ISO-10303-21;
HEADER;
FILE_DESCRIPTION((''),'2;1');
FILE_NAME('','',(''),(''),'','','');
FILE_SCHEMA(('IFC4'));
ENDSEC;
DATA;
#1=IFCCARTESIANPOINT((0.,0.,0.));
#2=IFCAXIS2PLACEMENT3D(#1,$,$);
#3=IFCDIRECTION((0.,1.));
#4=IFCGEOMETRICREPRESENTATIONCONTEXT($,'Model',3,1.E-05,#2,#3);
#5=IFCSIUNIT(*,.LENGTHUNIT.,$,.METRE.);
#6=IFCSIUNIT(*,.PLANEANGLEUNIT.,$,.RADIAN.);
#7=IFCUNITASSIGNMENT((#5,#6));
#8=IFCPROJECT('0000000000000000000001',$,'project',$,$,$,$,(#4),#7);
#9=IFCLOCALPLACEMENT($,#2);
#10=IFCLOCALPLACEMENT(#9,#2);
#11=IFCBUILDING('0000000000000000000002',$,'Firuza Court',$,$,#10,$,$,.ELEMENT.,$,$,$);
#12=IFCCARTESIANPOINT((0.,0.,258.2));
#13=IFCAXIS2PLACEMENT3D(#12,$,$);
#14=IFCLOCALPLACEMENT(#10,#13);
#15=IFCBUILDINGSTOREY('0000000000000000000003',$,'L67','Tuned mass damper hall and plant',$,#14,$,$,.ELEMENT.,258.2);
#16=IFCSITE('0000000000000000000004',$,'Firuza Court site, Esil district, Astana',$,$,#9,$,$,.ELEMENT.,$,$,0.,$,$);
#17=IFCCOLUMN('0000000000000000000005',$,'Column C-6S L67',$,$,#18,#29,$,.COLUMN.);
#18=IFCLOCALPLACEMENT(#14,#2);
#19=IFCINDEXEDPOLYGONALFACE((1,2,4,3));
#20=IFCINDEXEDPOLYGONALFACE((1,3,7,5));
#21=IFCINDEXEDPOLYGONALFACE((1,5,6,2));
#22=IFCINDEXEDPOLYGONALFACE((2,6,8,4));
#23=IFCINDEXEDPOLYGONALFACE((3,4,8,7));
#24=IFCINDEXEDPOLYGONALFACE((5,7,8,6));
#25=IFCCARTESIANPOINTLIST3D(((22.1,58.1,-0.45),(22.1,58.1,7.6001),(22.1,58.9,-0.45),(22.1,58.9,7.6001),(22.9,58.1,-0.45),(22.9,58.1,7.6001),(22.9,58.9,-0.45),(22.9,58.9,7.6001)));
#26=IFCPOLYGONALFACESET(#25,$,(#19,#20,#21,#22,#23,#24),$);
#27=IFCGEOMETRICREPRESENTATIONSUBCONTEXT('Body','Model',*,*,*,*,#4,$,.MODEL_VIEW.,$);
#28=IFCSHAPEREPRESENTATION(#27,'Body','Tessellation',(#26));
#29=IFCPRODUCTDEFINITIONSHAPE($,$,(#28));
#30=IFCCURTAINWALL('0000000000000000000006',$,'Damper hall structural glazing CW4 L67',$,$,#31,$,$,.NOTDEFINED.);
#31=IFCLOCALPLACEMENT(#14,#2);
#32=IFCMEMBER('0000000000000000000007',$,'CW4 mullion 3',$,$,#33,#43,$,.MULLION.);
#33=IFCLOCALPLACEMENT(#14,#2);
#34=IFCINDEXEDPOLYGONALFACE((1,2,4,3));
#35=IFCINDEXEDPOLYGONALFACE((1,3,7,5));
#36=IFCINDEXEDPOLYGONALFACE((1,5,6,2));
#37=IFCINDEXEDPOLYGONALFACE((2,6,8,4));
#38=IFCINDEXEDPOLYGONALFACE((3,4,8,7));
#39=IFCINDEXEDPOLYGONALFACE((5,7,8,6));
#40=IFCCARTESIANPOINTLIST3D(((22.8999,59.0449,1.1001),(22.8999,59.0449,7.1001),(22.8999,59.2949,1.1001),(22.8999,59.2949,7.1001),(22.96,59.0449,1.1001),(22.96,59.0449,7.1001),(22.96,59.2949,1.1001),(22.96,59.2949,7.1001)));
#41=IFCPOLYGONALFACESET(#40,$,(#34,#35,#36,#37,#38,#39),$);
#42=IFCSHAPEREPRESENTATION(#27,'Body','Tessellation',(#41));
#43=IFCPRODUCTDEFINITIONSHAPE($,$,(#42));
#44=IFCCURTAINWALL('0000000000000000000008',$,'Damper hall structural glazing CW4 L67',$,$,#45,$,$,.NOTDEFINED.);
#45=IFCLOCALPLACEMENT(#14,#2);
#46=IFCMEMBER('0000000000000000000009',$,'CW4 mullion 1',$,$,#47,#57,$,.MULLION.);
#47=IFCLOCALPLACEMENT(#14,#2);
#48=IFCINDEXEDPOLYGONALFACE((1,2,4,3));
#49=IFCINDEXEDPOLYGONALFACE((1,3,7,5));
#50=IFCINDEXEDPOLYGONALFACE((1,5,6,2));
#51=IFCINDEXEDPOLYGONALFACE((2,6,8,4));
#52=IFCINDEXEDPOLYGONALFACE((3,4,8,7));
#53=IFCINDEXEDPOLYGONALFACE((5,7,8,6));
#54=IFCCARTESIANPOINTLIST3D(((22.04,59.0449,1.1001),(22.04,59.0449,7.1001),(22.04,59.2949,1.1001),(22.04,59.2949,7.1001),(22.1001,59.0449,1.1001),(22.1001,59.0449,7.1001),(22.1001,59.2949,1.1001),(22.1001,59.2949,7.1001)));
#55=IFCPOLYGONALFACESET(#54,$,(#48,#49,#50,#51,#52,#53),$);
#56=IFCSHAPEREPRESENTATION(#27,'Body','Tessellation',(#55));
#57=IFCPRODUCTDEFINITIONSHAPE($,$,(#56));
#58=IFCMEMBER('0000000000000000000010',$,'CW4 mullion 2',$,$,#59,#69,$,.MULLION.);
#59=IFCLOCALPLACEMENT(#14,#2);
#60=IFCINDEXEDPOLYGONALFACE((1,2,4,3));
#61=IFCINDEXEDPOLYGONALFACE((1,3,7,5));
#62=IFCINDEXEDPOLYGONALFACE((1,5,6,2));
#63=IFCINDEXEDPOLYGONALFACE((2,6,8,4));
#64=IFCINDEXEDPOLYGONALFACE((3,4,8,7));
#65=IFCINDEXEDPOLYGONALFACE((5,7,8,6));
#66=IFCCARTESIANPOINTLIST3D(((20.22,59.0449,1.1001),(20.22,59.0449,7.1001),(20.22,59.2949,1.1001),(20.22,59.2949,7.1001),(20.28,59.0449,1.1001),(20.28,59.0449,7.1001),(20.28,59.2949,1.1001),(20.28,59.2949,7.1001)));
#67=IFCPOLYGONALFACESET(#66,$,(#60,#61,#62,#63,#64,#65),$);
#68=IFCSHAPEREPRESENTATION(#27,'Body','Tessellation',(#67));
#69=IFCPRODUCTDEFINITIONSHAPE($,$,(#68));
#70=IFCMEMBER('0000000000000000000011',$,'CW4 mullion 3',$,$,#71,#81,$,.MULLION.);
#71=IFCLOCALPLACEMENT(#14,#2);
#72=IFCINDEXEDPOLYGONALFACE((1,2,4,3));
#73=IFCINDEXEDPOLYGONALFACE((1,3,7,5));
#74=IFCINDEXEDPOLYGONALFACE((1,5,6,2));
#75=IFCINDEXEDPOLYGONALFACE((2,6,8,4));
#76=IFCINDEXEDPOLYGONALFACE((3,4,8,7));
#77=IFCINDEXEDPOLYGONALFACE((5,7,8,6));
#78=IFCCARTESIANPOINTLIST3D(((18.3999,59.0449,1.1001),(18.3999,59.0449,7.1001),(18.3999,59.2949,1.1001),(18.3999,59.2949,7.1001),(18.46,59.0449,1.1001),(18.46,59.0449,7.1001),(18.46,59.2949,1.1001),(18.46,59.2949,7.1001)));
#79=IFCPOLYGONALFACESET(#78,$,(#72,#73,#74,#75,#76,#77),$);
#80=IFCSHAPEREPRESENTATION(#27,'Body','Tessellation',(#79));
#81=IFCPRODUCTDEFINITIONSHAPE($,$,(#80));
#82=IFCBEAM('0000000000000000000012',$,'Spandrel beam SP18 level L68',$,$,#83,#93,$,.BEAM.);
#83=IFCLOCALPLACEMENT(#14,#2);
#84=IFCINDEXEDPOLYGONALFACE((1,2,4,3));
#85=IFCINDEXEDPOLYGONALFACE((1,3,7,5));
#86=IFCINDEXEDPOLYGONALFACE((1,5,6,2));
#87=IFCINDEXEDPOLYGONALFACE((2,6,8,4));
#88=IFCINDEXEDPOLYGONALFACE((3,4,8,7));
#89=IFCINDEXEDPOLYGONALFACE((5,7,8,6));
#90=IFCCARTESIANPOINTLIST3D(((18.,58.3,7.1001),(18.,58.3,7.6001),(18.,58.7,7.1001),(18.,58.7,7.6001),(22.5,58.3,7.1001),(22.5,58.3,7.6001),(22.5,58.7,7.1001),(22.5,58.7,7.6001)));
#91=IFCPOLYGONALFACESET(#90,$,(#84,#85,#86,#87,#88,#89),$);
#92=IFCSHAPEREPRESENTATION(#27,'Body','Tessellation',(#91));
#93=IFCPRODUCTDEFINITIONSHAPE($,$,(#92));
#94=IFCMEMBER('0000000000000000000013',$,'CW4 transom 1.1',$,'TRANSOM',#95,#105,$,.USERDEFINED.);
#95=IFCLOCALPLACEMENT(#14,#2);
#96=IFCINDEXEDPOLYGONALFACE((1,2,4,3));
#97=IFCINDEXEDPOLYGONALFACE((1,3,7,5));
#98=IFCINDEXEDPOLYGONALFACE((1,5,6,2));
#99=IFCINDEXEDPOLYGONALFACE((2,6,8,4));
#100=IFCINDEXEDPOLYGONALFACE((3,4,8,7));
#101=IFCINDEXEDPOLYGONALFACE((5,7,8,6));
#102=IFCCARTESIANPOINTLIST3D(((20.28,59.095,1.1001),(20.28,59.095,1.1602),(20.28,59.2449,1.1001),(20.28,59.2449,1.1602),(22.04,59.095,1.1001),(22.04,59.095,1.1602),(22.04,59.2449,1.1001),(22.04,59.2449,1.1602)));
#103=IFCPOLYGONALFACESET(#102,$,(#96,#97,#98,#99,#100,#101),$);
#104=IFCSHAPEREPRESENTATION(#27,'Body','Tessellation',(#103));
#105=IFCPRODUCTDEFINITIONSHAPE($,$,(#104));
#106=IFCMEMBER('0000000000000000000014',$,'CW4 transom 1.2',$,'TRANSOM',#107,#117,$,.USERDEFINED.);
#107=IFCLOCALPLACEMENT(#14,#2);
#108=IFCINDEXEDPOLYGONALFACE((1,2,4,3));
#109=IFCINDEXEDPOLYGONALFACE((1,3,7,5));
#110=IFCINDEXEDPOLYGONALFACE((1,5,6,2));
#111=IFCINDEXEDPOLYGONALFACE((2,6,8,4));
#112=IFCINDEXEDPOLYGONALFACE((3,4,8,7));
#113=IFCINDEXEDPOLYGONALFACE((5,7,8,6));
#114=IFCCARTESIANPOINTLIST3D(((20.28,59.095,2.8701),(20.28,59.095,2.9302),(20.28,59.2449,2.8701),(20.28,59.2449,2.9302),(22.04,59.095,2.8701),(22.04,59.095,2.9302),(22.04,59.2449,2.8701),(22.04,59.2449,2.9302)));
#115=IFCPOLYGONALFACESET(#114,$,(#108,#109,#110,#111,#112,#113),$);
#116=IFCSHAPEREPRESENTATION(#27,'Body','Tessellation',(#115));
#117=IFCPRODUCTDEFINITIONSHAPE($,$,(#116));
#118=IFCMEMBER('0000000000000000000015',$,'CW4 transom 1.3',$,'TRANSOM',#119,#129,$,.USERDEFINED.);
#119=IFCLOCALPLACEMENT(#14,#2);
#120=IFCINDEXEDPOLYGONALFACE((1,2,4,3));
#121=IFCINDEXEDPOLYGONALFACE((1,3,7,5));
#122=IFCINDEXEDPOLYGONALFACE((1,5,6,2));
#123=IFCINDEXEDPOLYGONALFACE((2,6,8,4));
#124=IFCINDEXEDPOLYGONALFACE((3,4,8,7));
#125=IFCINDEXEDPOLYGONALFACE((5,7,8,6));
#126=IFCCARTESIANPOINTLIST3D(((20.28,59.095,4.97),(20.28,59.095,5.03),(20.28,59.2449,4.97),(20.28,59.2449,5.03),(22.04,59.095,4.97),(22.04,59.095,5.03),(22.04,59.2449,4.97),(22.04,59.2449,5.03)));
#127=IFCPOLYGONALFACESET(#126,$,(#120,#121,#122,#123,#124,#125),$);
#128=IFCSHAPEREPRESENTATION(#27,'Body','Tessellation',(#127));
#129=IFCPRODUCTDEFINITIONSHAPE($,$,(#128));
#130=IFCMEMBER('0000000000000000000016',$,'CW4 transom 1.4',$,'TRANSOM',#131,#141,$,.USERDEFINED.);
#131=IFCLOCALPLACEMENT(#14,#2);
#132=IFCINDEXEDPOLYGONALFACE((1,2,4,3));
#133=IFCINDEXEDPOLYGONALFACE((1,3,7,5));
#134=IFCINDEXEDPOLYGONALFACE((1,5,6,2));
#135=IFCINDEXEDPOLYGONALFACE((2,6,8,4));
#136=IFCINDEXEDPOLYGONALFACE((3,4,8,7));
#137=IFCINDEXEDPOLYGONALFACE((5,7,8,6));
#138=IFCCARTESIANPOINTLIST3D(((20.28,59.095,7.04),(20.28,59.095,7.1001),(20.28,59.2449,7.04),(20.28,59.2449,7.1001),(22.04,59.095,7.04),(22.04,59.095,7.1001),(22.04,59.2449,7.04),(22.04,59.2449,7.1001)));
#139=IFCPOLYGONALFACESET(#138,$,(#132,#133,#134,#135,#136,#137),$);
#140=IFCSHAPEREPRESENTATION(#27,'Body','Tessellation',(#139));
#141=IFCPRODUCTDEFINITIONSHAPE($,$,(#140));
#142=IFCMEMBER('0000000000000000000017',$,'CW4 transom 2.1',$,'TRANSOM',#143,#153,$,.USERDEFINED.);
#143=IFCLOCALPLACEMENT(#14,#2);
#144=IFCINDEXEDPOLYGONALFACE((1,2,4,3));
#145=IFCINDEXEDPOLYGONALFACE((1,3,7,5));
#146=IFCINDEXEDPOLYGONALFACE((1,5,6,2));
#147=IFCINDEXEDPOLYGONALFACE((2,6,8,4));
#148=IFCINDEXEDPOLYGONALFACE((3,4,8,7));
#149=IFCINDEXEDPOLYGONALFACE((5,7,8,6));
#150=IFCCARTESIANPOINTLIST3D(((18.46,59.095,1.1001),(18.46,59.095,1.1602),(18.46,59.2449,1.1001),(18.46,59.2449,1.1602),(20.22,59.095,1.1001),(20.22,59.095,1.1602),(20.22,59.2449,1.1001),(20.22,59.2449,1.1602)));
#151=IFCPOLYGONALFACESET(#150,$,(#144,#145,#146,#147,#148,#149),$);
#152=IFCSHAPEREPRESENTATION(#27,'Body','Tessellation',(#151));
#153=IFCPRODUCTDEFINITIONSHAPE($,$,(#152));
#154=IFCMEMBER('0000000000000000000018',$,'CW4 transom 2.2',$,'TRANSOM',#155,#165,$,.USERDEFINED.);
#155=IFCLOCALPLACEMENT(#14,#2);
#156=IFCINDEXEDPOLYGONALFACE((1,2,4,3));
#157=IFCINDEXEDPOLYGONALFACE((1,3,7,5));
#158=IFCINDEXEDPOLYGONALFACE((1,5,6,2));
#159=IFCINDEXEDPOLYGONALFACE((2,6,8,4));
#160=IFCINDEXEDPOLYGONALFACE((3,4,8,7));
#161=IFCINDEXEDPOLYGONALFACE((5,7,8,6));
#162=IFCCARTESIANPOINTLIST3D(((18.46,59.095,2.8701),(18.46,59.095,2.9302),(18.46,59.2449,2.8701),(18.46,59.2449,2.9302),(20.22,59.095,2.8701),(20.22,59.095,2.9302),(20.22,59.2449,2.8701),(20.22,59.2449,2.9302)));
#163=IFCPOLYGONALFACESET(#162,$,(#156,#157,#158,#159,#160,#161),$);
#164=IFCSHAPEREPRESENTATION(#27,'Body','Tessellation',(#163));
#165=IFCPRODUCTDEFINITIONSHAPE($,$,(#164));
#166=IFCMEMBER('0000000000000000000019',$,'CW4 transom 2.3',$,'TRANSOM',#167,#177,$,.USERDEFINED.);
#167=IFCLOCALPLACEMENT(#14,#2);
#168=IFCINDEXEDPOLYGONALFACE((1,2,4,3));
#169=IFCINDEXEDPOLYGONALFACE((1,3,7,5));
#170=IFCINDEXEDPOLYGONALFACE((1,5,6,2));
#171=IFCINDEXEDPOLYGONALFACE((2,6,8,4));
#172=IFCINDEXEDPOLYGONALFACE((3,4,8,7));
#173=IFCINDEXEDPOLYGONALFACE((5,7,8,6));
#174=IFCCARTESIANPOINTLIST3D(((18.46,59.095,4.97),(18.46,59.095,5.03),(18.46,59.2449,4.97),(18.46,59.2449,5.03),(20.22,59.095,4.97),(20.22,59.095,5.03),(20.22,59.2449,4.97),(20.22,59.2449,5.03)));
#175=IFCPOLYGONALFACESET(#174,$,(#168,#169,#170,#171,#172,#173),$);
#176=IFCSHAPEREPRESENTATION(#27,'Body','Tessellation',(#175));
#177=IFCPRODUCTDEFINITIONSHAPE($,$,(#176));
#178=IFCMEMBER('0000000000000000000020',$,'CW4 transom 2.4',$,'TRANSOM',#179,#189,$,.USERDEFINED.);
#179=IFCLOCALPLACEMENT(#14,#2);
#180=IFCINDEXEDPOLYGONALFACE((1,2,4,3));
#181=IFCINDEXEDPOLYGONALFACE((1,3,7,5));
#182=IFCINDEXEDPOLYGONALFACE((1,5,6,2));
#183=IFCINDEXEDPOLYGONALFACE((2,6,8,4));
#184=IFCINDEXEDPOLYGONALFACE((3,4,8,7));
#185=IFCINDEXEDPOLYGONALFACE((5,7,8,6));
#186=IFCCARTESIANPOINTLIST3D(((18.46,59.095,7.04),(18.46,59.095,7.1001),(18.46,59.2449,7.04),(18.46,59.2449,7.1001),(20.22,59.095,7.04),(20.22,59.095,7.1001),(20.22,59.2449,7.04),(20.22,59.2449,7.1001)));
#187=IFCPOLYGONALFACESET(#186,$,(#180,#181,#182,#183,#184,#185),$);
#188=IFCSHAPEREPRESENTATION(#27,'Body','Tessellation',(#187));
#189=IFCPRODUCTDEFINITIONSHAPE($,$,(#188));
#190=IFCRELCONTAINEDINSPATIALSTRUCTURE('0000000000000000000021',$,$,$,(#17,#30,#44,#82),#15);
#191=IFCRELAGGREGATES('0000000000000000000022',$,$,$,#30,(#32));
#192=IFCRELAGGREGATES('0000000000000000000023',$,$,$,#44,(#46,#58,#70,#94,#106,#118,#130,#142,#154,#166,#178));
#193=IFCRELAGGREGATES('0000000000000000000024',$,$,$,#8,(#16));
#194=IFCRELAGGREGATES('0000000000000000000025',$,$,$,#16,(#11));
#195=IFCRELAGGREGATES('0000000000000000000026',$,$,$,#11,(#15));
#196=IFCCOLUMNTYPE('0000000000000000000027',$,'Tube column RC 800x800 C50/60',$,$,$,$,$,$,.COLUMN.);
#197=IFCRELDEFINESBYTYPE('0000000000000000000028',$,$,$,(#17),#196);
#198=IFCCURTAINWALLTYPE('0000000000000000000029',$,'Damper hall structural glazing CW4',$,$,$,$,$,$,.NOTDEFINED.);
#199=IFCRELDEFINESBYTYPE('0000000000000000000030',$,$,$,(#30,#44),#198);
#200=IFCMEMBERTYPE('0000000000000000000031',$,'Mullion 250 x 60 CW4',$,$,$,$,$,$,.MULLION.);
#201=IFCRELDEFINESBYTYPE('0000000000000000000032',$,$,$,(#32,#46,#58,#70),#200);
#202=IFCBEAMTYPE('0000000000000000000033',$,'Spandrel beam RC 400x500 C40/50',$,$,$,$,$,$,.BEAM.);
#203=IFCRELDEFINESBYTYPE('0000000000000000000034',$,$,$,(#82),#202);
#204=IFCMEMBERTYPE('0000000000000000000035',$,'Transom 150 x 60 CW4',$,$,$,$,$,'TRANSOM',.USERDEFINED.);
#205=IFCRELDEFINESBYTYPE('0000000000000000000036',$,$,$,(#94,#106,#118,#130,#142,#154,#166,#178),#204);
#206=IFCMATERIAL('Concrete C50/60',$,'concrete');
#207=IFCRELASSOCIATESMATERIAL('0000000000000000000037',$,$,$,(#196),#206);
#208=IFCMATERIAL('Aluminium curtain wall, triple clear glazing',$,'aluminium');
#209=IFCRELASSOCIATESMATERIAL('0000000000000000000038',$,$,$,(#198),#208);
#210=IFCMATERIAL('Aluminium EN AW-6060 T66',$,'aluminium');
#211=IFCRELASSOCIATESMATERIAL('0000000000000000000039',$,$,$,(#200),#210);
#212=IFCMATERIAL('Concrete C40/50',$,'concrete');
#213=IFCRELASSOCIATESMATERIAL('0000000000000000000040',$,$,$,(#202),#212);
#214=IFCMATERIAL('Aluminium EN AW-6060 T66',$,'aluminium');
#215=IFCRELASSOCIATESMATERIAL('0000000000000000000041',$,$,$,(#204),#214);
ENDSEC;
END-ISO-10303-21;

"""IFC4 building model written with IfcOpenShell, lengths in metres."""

from ifc_helpers import new_model, si_unit, direction, frame, origin, origin_2d, place, context, subcontext, project, spatial, rectangle, extrude, material, material_profile, profile_set, type_object, element, aggregate, save


model = new_model("IFC4")

# Units and contexts
model_context = context("Model", 3, precision=1e-05, world=origin(), true_north=direction((0.0, 1.0)))
body_context = subcontext(model_context, "Body", "Model", "MODEL_VIEW")
ifc_project = project(units=[si_unit("LENGTHUNIT", "METRE"), si_unit("PLANEANGLEUNIT", "RADIAN")], contexts=[model_context])

# Site, building, storey
site_placement = place(None, origin())
site = spatial("IfcSite", under=ifc_project, at=site_placement, Name="Firuza Court site, Esil district, Astana", CompositionType="ELEMENT", RefElevation=0.0)
building_placement = place(site_placement, origin())
building = spatial("IfcBuilding", under=site, at=building_placement, Name="Firuza Court", CompositionType="ELEMENT")
storey_placement = place(building_placement, frame((0.0, 0.0, 258.2)))
storey = spatial("IfcBuildingStorey", under=building, at=storey_placement, Name="L67", Description="Tuned mass damper hall and plant", CompositionType="ELEMENT", Elevation=258.2)

# Column
ifc_material_1 = material(Name="Concrete C50/60", Category="concrete")
ifc_material_profile_1 = material_profile(ifc_material_1, rectangle(XDim=0.8, YDim=0.8, at=origin_2d()), Name="RC 800x800")
ifc_profile_set_1 = profile_set([ifc_material_profile_1], Name="Concrete C50/60")
column_type = type_object("IfcColumnType", Name="Tube column RC 800x800 C50/60", PredefinedType="COLUMN", material=ifc_profile_set_1)
column_placement = place(storey_placement, frame((22.5, 58.5, -0.45), z_axis=(0.0, 0.0, 1.0), x_axis=(1.0, 0.0, 0.0)))
element("IfcColumn", 1, at=column_placement, inside=storey, type_object=column_type, Name="Column C-6S L67", PredefinedType="COLUMN", context=body_context, shape_type="SweptSolid", body=[
    extrude(rectangle(XDim=0.8, YDim=0.8, at=origin_2d()), origin(), (0.0, 0.0, 1.0), 8.05),
])

# Curtain wall, member
ifc_material_2 = material(Name="Aluminium curtain wall, triple clear glazing", Category="aluminium")
curtain_wall_type = type_object("IfcCurtainWallType", Name="Damper hall structural glazing CW4", PredefinedType="NOTDEFINED", material=ifc_material_2)
curtain_wall_1_placement = place(storey_placement, origin())
curtain_wall_1 = element("IfcCurtainWall", 2, at=curtain_wall_1_placement, inside=storey, type_object=curtain_wall_type, Name="Damper hall structural glazing CW4 L67", PredefinedType="NOTDEFINED")
ifc_material_3 = material(Name="Aluminium EN AW-6060 T66", Category="aluminium")
ifc_material_profile_2 = material_profile(ifc_material_3, rectangle(XDim=0.25, YDim=0.0601, at=origin_2d()), Name="Mullion 250 x 60 CW4")
ifc_profile_set_2 = profile_set([ifc_material_profile_2], Name="Aluminium EN AW-6060 T66")
member_type_1 = type_object("IfcMemberType", Name="Mullion 250 x 60 CW4", PredefinedType="MULLION", material=ifc_profile_set_2)
member_1_placement = place(storey_placement, frame((22.9299, 59.1699, 1.1001), z_axis=(0.0, 0.0, 1.0), x_axis=(0.0, -1.0, 0.0)))
member_1 = element("IfcMember", 3, at=member_1_placement, type_object=member_type_1, Name="CW4 mullion 3", PredefinedType="MULLION", context=body_context, shape_type="SweptSolid", body=[
    extrude(rectangle(XDim=0.25, YDim=0.0601, at=origin_2d()), origin(), (0.0, 0.0, 1.0), 6.0),
])

# Curtain wall, members
curtain_wall_2_placement = place(storey_placement, origin())
curtain_wall_2 = element("IfcCurtainWall", 4, at=curtain_wall_2_placement, inside=storey, type_object=curtain_wall_type, Name="Damper hall structural glazing CW4 L67", PredefinedType="NOTDEFINED")
member_2_placement = place(storey_placement, frame((22.0701, 59.1699, 1.1001), z_axis=(0.0, 0.0, 1.0), x_axis=(0.0, -1.0, 0.0)))
member_2 = element("IfcMember", 5, at=member_2_placement, type_object=member_type_1, Name="CW4 mullion 1", PredefinedType="MULLION", context=body_context, shape_type="SweptSolid", body=[
    extrude(rectangle(XDim=0.25, YDim=0.0601, at=origin_2d()), origin(), (0.0, 0.0, 1.0), 6.0),
])
member_3_placement = place(storey_placement, frame((20.25, 59.1699, 1.1001), z_axis=(0.0, 0.0, 1.0), x_axis=(0.0, -1.0, 0.0)))
member_3 = element("IfcMember", 6, at=member_3_placement, type_object=member_type_1, Name="CW4 mullion 2", PredefinedType="MULLION", context=body_context, shape_type="SweptSolid", body=[
    extrude(rectangle(XDim=0.25, YDim=0.0601, at=origin_2d()), origin(), (0.0, 0.0, 1.0), 6.0),
])
member_4_placement = place(storey_placement, frame((18.4299, 59.1699, 1.1001), z_axis=(0.0, 0.0, 1.0), x_axis=(0.0, -1.0, 0.0)))
member_4 = element("IfcMember", 7, at=member_4_placement, type_object=member_type_1, Name="CW4 mullion 3", PredefinedType="MULLION", context=body_context, shape_type="SweptSolid", body=[
    extrude(rectangle(XDim=0.25, YDim=0.0601, at=origin_2d()), origin(), (0.0, 0.0, 1.0), 6.0),
])

# Beam
ifc_material_4 = material(Name="Concrete C40/50", Category="concrete")
ifc_material_profile_3 = material_profile(ifc_material_4, rectangle(XDim=0.3999, YDim=0.5, at=origin_2d()), Name="RC 400x500")
ifc_profile_set_3 = profile_set([ifc_material_profile_3], Name="Concrete C40/50")
beam_type = type_object("IfcBeamType", Name="Spandrel beam RC 400x500 C40/50", PredefinedType="BEAM", material=ifc_profile_set_3)
beam_placement = place(storey_placement, frame((22.5, 58.5, 7.3501), z_axis=(-1.0, 0.0, 0.0), x_axis=(0.0, -1.0, 0.0)))
element("IfcBeam", 8, at=beam_placement, inside=storey, type_object=beam_type, Name="Spandrel beam SP18 level L68", PredefinedType="BEAM", context=body_context, shape_type="SweptSolid", body=[
    extrude(rectangle(XDim=0.3999, YDim=0.5, at=origin_2d()), origin(), (0.0, 0.0, 1.0), 4.5),
])

# Members
ifc_material_5 = material(Name="Aluminium EN AW-6060 T66", Category="aluminium")
ifc_material_profile_4 = material_profile(ifc_material_5, rectangle(XDim=0.1499, YDim=0.0601, at=origin_2d()), Name="Transom 150 x 60 CW4")
ifc_profile_set_4 = profile_set([ifc_material_profile_4], Name="Aluminium EN AW-6060 T66")
member_type_2 = type_object("IfcMemberType", Name="Transom 150 x 60 CW4", ElementType="TRANSOM", PredefinedType="USERDEFINED", material=ifc_profile_set_4)
member_5_placement = place(storey_placement, frame((22.04, 59.1699, 1.1301), z_axis=(-1.0, 0.0, 0.0), x_axis=(0.0, -1.0, 0.0)))
member_5 = element("IfcMember", 9, at=member_5_placement, type_object=member_type_2, Name="CW4 transom 1.1", ObjectType="TRANSOM", PredefinedType="USERDEFINED", context=body_context, shape_type="SweptSolid", body=[
    extrude(rectangle(XDim=0.1499, YDim=0.0601, at=origin_2d()), origin(), (0.0, 0.0, 1.0), 1.76),
])
member_6_placement = place(storey_placement, frame((22.04, 59.1699, 2.9001), z_axis=(-1.0, 0.0, 0.0), x_axis=(0.0, -1.0, 0.0)))
member_6 = element("IfcMember", 10, at=member_6_placement, type_object=member_type_2, Name="CW4 transom 1.2", ObjectType="TRANSOM", PredefinedType="USERDEFINED", context=body_context, shape_type="SweptSolid", body=[
    extrude(rectangle(XDim=0.1499, YDim=0.0601, at=origin_2d()), origin(), (0.0, 0.0, 1.0), 1.76),
])
member_7_placement = place(storey_placement, frame((22.04, 59.1699, 5.0), z_axis=(-1.0, 0.0, 0.0), x_axis=(0.0, -1.0, 0.0)))
member_7 = element("IfcMember", 11, at=member_7_placement, type_object=member_type_2, Name="CW4 transom 1.3", ObjectType="TRANSOM", PredefinedType="USERDEFINED", context=body_context, shape_type="SweptSolid", body=[
    extrude(rectangle(XDim=0.1499, YDim=0.0601, at=origin_2d()), origin(), (0.0, 0.0, 1.0), 1.76),
])
member_8_placement = place(storey_placement, frame((22.04, 59.1699, 7.0701), z_axis=(-1.0, 0.0, 0.0), x_axis=(0.0, -1.0, 0.0)))
member_8 = element("IfcMember", 12, at=member_8_placement, type_object=member_type_2, Name="CW4 transom 1.4", ObjectType="TRANSOM", PredefinedType="USERDEFINED", context=body_context, shape_type="SweptSolid", body=[
    extrude(rectangle(XDim=0.1499, YDim=0.0601, at=origin_2d()), origin(), (0.0, 0.0, 1.0), 1.76),
])
member_9_placement = place(storey_placement, frame((20.22, 59.1699, 1.1301), z_axis=(-1.0, 0.0, 0.0), x_axis=(0.0, -1.0, 0.0)))
member_9 = element("IfcMember", 13, at=member_9_placement, type_object=member_type_2, Name="CW4 transom 2.1", ObjectType="TRANSOM", PredefinedType="USERDEFINED", context=body_context, shape_type="SweptSolid", body=[
    extrude(rectangle(XDim=0.1499, YDim=0.0601, at=origin_2d()), origin(), (0.0, 0.0, 1.0), 1.76),
])
member_10_placement = place(storey_placement, frame((20.22, 59.1699, 2.9001), z_axis=(-1.0, 0.0, 0.0), x_axis=(0.0, -1.0, 0.0)))
member_10 = element("IfcMember", 14, at=member_10_placement, type_object=member_type_2, Name="CW4 transom 2.2", ObjectType="TRANSOM", PredefinedType="USERDEFINED", context=body_context, shape_type="SweptSolid", body=[
    extrude(rectangle(XDim=0.1499, YDim=0.0601, at=origin_2d()), origin(), (0.0, 0.0, 1.0), 1.76),
])
member_11_placement = place(storey_placement, frame((20.22, 59.1699, 5.0), z_axis=(-1.0, 0.0, 0.0), x_axis=(0.0, -1.0, 0.0)))
member_11 = element("IfcMember", 15, at=member_11_placement, type_object=member_type_2, Name="CW4 transom 2.3", ObjectType="TRANSOM", PredefinedType="USERDEFINED", context=body_context, shape_type="SweptSolid", body=[
    extrude(rectangle(XDim=0.1499, YDim=0.0601, at=origin_2d()), origin(), (0.0, 0.0, 1.0), 1.76),
])
member_12_placement = place(storey_placement, frame((20.22, 59.1699, 7.0701), z_axis=(-1.0, 0.0, 0.0), x_axis=(0.0, -1.0, 0.0)))
member_12 = element("IfcMember", 16, at=member_12_placement, type_object=member_type_2, Name="CW4 transom 2.4", ObjectType="TRANSOM", PredefinedType="USERDEFINED", context=body_context, shape_type="SweptSolid", body=[
    extrude(rectangle(XDim=0.1499, YDim=0.0601, at=origin_2d()), origin(), (0.0, 0.0, 1.0), 1.76),
])

aggregate(curtain_wall_1, [member_1])
aggregate(curtain_wall_2, [member_2, member_3, member_4, member_5, member_6, member_7, member_8, member_9, member_10, member_11, member_12])

save(model, "model.ifc")
